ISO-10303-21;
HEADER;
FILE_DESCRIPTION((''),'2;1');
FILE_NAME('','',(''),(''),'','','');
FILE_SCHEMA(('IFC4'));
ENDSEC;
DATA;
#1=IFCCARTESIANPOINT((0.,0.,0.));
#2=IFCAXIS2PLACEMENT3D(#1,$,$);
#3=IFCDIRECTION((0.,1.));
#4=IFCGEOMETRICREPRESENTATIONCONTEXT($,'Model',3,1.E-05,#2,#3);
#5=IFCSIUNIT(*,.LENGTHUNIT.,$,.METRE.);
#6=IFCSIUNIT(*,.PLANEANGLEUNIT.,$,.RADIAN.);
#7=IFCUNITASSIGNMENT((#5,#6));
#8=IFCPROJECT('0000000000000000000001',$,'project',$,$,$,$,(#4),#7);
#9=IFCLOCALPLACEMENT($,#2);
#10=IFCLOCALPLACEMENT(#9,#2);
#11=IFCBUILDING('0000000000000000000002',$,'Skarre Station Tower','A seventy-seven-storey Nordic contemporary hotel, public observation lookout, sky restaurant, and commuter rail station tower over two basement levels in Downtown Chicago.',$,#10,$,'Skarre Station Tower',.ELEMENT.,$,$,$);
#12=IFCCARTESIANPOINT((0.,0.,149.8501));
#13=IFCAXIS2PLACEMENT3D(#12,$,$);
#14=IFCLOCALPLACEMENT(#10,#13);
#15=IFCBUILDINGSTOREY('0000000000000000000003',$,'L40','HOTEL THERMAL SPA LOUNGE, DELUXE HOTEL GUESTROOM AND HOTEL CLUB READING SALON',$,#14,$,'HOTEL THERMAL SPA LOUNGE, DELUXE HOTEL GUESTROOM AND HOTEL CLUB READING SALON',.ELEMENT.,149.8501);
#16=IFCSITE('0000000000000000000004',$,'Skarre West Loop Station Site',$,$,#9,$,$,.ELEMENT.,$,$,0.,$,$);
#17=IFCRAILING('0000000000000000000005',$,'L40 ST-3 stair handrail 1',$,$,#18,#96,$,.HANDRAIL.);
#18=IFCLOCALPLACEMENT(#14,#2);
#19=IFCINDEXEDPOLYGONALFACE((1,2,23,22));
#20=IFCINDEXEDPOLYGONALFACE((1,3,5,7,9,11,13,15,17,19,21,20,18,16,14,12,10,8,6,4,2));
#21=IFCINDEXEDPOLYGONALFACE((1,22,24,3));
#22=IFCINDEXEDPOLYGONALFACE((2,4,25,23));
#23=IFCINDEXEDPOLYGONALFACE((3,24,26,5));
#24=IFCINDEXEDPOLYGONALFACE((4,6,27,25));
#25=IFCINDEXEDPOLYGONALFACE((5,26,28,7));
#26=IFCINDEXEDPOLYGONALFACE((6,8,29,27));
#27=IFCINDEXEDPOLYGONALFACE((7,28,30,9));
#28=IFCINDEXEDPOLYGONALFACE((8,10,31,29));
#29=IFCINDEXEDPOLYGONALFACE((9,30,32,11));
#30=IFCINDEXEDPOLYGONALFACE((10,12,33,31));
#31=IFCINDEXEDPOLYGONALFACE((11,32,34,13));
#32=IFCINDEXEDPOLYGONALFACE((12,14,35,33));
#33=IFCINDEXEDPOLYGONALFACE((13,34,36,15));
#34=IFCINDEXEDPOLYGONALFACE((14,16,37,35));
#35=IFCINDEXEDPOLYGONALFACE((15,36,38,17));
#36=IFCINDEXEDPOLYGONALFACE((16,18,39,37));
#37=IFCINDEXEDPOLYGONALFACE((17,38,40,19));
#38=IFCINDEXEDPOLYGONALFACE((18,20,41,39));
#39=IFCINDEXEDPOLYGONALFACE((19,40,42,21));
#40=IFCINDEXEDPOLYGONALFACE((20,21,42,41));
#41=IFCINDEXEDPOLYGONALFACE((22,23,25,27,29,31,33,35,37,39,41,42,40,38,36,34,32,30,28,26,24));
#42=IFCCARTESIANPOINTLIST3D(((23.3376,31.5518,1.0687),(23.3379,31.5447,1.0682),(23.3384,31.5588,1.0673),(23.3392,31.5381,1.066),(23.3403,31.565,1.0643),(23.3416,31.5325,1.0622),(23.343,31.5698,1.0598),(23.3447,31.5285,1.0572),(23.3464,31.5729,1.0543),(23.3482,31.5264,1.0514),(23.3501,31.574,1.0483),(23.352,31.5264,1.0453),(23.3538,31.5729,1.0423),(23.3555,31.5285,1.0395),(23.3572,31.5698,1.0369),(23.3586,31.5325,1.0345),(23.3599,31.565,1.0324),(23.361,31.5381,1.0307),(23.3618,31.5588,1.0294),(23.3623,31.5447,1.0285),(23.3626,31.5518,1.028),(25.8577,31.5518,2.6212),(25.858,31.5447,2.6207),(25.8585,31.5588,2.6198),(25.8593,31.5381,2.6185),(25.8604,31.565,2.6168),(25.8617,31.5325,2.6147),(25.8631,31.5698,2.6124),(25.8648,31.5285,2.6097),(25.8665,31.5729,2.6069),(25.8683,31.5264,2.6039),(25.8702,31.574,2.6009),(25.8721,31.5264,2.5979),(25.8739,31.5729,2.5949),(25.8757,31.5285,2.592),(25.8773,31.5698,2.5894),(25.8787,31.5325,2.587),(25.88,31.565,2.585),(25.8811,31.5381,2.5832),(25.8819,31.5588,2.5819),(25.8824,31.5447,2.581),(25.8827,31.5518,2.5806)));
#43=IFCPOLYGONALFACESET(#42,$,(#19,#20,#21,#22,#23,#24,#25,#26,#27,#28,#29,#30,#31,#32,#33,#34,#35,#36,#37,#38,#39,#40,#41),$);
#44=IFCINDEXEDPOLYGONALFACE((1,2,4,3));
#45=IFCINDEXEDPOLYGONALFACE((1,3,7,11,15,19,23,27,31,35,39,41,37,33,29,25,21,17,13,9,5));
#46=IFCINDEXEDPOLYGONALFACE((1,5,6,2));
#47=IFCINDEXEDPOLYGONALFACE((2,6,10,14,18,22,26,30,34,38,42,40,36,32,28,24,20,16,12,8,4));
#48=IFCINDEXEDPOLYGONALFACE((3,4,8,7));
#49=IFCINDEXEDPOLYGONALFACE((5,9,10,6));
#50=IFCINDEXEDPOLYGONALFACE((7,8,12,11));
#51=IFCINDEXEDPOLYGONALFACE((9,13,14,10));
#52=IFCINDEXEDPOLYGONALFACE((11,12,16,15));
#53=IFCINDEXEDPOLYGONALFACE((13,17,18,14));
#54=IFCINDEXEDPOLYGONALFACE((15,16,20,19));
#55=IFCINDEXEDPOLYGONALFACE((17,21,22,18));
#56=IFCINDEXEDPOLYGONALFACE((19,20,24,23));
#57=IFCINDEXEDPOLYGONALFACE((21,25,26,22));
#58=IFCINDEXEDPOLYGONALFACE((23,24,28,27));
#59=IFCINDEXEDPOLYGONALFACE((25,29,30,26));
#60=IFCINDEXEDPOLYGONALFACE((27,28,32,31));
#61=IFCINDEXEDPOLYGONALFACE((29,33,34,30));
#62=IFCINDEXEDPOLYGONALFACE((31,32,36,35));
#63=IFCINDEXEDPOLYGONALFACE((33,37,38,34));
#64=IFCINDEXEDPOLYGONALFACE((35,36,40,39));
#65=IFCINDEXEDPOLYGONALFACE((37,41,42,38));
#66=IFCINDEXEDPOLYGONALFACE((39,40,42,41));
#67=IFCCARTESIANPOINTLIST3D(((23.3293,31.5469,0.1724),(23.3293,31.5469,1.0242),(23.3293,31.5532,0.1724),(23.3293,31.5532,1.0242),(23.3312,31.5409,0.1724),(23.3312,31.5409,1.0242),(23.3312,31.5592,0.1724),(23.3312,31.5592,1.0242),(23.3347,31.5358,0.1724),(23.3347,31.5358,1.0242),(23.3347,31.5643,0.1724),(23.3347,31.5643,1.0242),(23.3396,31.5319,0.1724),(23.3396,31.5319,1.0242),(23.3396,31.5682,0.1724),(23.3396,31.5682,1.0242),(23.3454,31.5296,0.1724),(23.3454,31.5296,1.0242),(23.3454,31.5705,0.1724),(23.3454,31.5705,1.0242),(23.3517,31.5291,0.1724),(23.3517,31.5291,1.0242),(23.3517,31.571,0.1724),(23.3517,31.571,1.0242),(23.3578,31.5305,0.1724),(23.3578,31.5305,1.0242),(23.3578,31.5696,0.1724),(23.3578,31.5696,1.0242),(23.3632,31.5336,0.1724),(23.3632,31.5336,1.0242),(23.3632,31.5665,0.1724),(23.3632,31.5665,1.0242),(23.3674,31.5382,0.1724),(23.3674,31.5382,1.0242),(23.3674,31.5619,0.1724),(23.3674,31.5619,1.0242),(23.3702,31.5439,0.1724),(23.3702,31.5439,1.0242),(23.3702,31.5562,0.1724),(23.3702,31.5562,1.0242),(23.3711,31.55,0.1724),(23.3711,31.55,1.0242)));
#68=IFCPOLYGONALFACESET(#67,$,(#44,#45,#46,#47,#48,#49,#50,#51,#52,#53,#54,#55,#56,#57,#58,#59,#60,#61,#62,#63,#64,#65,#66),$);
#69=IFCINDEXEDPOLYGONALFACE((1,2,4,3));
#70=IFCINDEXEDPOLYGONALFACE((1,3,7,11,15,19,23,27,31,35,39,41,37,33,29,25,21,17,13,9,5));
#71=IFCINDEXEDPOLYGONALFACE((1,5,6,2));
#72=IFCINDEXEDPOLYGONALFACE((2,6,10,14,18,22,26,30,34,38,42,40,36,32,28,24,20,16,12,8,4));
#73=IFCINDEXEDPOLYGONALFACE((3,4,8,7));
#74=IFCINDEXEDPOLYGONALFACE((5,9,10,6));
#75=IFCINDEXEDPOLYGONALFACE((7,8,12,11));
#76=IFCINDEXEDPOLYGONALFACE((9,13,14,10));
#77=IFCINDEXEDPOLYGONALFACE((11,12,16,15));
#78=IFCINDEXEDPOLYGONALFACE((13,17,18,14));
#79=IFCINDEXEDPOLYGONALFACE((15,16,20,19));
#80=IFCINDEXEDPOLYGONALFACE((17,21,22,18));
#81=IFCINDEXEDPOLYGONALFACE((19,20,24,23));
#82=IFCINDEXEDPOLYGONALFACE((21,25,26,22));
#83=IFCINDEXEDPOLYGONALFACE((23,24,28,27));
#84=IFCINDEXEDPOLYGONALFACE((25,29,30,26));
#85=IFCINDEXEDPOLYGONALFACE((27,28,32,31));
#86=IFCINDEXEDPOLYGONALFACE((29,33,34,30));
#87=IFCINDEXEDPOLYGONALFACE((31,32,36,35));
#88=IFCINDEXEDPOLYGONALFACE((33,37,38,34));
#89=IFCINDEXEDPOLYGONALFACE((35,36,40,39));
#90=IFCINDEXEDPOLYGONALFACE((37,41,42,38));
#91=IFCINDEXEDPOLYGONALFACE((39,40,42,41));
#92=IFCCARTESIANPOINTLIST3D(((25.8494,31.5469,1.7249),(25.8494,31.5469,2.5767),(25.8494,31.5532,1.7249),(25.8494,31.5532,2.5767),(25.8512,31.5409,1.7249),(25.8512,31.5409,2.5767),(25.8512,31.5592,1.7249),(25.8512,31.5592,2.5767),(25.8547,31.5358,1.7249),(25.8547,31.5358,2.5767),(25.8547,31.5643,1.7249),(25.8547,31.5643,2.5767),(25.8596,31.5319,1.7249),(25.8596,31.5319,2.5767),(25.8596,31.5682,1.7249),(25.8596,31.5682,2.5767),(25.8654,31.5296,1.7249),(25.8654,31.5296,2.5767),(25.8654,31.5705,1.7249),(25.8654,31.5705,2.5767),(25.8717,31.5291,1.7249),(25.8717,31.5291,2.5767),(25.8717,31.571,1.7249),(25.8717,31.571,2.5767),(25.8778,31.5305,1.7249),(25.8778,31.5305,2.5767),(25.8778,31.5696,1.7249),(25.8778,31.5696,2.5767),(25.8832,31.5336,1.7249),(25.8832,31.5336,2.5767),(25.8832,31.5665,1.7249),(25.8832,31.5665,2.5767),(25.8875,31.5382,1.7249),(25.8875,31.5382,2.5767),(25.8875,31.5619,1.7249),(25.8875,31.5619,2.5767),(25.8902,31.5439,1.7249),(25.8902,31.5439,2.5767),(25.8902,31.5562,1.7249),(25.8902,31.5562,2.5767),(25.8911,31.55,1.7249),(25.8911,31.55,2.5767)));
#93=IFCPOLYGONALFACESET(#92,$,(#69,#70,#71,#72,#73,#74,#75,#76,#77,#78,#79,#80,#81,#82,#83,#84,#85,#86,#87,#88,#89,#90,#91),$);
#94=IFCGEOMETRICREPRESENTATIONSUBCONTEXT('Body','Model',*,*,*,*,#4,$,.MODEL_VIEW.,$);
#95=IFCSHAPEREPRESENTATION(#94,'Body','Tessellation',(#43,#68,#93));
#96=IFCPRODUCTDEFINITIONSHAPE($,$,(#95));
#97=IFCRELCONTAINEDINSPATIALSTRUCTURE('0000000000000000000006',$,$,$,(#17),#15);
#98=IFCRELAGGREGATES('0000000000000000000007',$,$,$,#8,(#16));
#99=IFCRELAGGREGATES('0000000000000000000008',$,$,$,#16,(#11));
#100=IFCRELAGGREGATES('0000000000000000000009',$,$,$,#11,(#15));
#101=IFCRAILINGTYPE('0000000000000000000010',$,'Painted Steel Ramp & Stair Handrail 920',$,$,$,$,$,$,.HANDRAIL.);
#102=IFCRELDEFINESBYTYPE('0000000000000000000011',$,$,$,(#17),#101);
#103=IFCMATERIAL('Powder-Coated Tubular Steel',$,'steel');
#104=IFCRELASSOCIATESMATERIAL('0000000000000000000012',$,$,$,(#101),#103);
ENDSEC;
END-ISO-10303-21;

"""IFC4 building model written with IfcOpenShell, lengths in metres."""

from ifc_helpers import new_model, si_unit, direction, frame, origin, origin_2d, place, context, subcontext, project, spatial, circle, extrude, material, type_object, element, save


model = new_model("IFC4")

# Units and contexts
model_context = context("Model", 3, precision=1e-05, world=origin(), true_north=direction((0.0, 1.0)))
body_context = subcontext(model_context, "Body", "Model", "MODEL_VIEW")
ifc_project = project(units=[si_unit("LENGTHUNIT", "METRE"), si_unit("PLANEANGLEUNIT", "RADIAN")], contexts=[model_context])

# Site, building, storey
site_placement = place(None, origin())
site = spatial("IfcSite", under=ifc_project, at=site_placement, Name="Skarre West Loop Station Site", CompositionType="ELEMENT", RefElevation=0.0)
building_placement = place(site_placement, origin())
building = spatial("IfcBuilding", under=site, at=building_placement, Name="Skarre Station Tower", Description="A seventy-seven-storey Nordic contemporary hotel, public observation lookout, sky restaurant, and commuter rail station tower over two basement levels in Downtown Chicago.", LongName="Skarre Station Tower", CompositionType="ELEMENT")
storey_placement = place(building_placement, frame((0.0, 0.0, 149.8501)))
storey = spatial("IfcBuildingStorey", under=building, at=storey_placement, Name="L40", Description="HOTEL THERMAL SPA LOUNGE, DELUXE HOTEL GUESTROOM AND HOTEL CLUB READING SALON", LongName="HOTEL THERMAL SPA LOUNGE, DELUXE HOTEL GUESTROOM AND HOTEL CLUB READING SALON", CompositionType="ELEMENT", Elevation=149.8501)

# Railing
ifc_material_1 = material(Name="Powder-Coated Tubular Steel", Category="steel")
railing_type = type_object("IfcRailingType", Name="Painted Steel Ramp & Stair Handrail 920", PredefinedType="HANDRAIL", material=ifc_material_1)
railing_placement = place(storey_placement, frame((23.3501, 31.55, 0.1724)))
element("IfcRailing", 1, at=railing_placement, inside=storey, type_object=railing_type, Name="L40 ST-3 stair handrail 1", PredefinedType="HANDRAIL", context=body_context, shape_type="SweptSolid", body=[
    extrude(circle(Radius=0.0239, at=origin_2d()), frame((0.0, 0.0, 0.876), z_axis=(0.8514, 0.0, 0.524516), x_axis=(0.0, 1.0, 0.0)), (0.0, 0.0, 1.0), 2.96),
    extrude(circle(Radius=0.021, at=origin_2d()), origin(), (0.0, 0.0, 1.0), 0.8518),
    extrude(circle(Radius=0.021, at=origin_2d()), frame((2.52, 0.0, 1.5525)), (0.0, 0.0, 1.0), 0.8518),
])

save(model, "model.ifc")
